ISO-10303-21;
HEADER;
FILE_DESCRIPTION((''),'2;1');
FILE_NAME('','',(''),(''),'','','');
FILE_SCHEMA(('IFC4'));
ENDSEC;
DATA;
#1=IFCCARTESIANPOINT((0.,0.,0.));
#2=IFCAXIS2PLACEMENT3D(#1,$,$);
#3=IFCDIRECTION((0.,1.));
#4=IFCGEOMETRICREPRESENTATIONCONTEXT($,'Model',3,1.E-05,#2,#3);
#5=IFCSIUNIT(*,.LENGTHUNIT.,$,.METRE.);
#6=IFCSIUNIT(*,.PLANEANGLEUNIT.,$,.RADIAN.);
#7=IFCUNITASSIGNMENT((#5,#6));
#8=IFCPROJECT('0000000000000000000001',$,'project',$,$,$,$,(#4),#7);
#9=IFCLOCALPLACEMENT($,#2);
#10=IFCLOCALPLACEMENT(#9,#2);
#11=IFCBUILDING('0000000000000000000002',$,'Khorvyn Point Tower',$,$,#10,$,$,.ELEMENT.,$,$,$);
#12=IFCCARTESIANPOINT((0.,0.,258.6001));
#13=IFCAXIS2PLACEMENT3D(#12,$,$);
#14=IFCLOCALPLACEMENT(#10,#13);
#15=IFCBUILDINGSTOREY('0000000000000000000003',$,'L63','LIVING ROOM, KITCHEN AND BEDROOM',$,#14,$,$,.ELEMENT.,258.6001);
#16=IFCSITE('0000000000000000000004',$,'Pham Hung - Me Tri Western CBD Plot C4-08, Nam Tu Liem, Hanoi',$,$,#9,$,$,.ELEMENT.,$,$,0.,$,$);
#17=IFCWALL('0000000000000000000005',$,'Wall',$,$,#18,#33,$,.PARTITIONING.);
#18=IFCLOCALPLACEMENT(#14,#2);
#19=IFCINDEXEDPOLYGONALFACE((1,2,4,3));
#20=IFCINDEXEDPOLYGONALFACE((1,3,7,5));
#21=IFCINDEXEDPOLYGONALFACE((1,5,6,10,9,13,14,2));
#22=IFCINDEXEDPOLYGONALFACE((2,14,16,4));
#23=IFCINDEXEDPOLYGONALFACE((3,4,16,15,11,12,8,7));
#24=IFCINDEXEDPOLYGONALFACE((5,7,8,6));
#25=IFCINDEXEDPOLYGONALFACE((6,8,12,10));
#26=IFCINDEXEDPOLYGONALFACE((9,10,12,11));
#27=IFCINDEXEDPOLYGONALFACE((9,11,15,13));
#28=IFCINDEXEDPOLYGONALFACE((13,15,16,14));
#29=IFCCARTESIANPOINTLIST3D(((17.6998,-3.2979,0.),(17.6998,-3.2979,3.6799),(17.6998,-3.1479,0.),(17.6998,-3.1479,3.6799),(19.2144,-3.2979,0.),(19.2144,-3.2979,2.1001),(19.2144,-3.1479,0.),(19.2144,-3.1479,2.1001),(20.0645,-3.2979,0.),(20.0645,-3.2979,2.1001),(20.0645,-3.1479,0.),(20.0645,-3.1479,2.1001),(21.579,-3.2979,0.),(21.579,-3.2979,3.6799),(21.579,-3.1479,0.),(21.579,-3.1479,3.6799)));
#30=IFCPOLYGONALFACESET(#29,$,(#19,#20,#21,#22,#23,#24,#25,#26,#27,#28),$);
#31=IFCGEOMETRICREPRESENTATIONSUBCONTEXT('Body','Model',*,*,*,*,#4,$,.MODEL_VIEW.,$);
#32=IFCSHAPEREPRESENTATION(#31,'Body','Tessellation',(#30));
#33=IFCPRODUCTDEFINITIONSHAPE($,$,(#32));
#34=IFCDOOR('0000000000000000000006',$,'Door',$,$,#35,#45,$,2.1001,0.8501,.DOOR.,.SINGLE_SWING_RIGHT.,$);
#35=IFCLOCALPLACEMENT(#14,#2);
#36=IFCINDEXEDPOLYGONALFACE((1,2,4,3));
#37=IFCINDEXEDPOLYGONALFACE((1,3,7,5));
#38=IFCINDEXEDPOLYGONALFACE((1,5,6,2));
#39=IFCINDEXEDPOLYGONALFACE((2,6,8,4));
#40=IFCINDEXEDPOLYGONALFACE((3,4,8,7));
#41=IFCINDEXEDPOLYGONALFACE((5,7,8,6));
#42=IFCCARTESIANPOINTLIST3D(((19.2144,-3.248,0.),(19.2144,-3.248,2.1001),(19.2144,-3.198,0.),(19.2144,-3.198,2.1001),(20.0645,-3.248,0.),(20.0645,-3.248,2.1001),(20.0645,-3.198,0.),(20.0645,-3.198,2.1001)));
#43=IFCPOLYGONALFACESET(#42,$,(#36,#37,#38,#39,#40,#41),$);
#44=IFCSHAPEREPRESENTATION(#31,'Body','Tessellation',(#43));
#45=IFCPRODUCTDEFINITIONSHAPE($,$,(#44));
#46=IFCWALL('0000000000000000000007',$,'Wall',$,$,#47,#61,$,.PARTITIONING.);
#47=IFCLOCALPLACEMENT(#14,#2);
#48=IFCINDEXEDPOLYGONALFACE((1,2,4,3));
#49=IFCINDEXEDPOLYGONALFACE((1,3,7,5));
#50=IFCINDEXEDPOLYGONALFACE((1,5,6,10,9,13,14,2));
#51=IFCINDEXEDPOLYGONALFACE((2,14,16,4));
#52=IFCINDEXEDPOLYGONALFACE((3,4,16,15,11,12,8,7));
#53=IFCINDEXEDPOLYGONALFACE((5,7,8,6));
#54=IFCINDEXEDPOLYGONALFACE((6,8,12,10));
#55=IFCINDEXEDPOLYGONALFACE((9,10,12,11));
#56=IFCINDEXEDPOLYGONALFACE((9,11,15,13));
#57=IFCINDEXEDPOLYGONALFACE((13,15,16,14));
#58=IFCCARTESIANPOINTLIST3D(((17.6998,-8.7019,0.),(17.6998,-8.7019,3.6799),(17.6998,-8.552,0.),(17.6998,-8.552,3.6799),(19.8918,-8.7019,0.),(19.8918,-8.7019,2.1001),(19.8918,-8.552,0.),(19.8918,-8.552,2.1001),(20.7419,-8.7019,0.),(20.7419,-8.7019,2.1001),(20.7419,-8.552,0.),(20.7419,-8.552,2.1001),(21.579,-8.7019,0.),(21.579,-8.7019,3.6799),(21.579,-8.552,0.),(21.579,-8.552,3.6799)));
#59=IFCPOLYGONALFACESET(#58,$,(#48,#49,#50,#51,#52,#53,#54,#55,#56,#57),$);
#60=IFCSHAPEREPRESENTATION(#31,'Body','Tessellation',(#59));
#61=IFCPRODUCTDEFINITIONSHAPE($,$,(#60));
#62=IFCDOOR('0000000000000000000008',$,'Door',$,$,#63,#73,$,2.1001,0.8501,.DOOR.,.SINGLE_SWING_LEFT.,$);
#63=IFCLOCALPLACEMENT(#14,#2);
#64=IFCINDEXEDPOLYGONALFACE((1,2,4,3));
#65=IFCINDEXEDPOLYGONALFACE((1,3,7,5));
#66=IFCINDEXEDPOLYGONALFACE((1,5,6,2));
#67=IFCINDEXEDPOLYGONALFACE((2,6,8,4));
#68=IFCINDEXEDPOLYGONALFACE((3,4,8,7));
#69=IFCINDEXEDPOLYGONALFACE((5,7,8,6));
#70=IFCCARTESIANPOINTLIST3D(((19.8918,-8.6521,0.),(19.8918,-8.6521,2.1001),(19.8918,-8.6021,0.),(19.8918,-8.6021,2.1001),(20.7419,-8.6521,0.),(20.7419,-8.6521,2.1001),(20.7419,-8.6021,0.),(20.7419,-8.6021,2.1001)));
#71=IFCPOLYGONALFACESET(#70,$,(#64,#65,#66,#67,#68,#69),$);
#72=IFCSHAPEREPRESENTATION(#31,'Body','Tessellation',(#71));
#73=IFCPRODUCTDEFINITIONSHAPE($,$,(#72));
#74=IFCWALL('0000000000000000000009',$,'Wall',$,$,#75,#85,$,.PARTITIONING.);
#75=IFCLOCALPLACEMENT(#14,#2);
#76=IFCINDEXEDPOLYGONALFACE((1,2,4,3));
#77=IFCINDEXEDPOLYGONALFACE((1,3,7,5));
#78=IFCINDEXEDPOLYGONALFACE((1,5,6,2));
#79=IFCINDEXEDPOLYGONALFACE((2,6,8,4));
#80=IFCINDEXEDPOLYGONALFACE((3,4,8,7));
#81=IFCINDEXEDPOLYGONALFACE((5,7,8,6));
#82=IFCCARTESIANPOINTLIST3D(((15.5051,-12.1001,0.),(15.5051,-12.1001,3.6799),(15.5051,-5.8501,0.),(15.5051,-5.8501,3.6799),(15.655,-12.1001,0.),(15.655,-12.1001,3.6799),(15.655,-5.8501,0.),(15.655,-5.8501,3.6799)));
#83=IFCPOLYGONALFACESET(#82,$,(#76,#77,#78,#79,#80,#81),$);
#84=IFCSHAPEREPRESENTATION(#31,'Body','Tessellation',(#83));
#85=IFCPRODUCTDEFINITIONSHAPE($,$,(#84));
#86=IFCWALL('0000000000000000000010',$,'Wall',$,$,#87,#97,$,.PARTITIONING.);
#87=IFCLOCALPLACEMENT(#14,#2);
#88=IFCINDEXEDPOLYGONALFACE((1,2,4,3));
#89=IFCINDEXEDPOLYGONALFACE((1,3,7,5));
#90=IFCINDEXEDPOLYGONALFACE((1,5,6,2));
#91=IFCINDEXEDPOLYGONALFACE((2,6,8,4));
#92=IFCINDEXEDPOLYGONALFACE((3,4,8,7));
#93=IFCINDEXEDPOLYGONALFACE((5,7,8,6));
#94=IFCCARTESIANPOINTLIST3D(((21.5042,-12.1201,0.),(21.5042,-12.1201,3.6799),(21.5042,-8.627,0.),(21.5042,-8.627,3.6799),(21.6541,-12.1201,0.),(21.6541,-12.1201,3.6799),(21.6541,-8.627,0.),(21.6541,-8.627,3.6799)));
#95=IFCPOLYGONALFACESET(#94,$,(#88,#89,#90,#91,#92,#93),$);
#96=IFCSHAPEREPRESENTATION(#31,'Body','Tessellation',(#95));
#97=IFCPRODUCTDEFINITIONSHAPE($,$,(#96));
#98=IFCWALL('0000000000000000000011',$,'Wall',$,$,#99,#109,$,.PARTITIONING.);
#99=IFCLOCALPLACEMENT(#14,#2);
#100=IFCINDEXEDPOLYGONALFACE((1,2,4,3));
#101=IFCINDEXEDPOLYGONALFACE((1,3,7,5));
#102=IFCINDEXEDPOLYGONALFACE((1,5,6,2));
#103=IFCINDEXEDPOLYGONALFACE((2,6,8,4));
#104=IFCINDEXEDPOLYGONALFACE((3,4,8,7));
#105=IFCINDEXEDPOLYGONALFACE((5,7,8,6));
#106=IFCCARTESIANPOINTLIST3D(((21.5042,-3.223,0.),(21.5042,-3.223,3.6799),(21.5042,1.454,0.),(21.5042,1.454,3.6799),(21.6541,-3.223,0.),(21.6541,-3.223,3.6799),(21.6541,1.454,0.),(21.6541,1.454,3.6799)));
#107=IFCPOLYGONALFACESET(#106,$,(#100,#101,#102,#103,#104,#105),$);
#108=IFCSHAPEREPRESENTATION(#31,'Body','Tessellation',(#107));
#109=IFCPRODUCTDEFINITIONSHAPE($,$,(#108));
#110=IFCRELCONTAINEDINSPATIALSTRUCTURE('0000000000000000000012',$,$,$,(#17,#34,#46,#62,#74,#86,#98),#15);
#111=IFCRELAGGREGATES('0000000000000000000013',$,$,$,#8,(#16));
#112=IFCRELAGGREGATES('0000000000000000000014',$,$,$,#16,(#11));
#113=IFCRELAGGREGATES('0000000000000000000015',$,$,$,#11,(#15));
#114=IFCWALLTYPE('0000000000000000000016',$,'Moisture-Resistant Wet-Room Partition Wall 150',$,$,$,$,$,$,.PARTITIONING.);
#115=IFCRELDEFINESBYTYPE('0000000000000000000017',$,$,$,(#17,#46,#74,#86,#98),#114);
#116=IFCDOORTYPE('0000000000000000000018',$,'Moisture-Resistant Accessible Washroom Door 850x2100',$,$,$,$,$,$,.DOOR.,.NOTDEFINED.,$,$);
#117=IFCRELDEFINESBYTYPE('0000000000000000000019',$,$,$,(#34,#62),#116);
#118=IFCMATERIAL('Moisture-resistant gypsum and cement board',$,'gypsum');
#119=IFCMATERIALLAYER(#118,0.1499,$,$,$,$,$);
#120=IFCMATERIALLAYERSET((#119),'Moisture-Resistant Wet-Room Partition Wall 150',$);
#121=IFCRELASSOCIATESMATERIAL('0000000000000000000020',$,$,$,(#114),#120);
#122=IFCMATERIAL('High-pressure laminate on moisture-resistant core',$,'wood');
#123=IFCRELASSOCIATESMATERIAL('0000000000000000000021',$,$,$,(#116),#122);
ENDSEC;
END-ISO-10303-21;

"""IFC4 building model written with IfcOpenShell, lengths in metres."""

from ifc_helpers import new_model, si_unit, direction, frame, frame_2d, origin, place, context, subcontext, project, spatial, rectangle, extrude, material, layer, layer_set, type_object, element, fill, save


model = new_model("IFC4")

# Units and contexts
model_context = context("Model", 3, precision=1e-05, world=origin(), true_north=direction((0.0, 1.0)))
body_context = subcontext(model_context, "Body", "Model", "MODEL_VIEW")
ifc_project = project(units=[si_unit("LENGTHUNIT", "METRE"), si_unit("PLANEANGLEUNIT", "RADIAN")], contexts=[model_context])

# Site, building, storey
site_placement = place(None, origin())
site = spatial("IfcSite", under=ifc_project, at=site_placement, Name="Pham Hung - Me Tri Western CBD Plot C4-08, Nam Tu Liem, Hanoi", CompositionType="ELEMENT", RefElevation=0.0)
building_placement = place(site_placement, origin())
building = spatial("IfcBuilding", under=site, at=building_placement, Name="Khorvyn Point Tower", CompositionType="ELEMENT")
storey_placement = place(building_placement, frame((0.0, 0.0, 258.6001)))
storey = spatial("IfcBuildingStorey", under=building, at=storey_placement, Name="L63", Description="LIVING ROOM, KITCHEN AND BEDROOM", CompositionType="ELEMENT", Elevation=258.6001)

# Walls, openings, doors
ifc_material_1 = material(Name="Moisture-resistant gypsum and cement board", Category="gypsum")
ifc_layer_1 = layer(ifc_material_1, 0.1499)
ifc_layer_set_1 = layer_set([ifc_layer_1], Name="Moisture-Resistant Wet-Room Partition Wall 150")
wall_type_1 = type_object("IfcWallType", Name="Moisture-Resistant Wet-Room Partition Wall 150", PredefinedType="PARTITIONING", material=ifc_layer_set_1)
wall_1_placement = place(storey_placement, frame((17.7, -3.2229, 0.0), z_axis=(0.0, 0.0, 1.0), x_axis=(1.0, 0.0, 0.0)))
wall_1 = element("IfcWall", 1, at=wall_1_placement, inside=storey, type_object=wall_type_1, Name="Wall", PredefinedType="PARTITIONING", context=body_context, shape_type="SweptSolid", body=[
    extrude(rectangle(XDim=3.8792, YDim=0.1499, at=frame_2d((1.9395, 0.0))), origin(), (0.0, 0.0, 1.0), 3.6799),
])
opening_1_placement = place(wall_1_placement, frame((1.5144, 0.0, 0.0)))
opening_1 = element("IfcOpeningElement", 2, at=opening_1_placement, cuts=wall_1, PredefinedType="OPENING", context=body_context, shape_type="SweptSolid", body=[
    extrude(rectangle(XDim=0.8501, YDim=2.1001, at=frame_2d((0.425, 1.05))), frame((0.0, 0.085, 0.0), z_axis=(0.0, -1.0, 0.0), x_axis=(1.0, 0.0, 0.0)), (0.0, 0.0, 1.0), 0.1699),
])
ifc_material_2 = material(Name="High-pressure laminate on moisture-resistant core", Category="wood")
door_type_1 = type_object("IfcDoorType", Name="Moisture-Resistant Accessible Washroom Door 850x2100", OperationType="NOTDEFINED", PredefinedType="DOOR", material=ifc_material_2)
door_1_placement = place(opening_1_placement, origin())
door_1 = element("IfcDoor", 3, at=door_1_placement, inside=storey, type_object=door_type_1, Name="Door", OperationType="SINGLE_SWING_RIGHT", OverallHeight=2.1001, OverallWidth=0.8501, PredefinedType="DOOR", context=body_context, shape_type="SweptSolid", body=[
    extrude(rectangle(XDim=0.8501, YDim=2.1001, at=frame_2d((0.425, 1.05))), frame((0.0, 0.0249, 0.0), z_axis=(0.0, -1.0, 0.0), x_axis=(1.0, 0.0, 0.0)), (0.0, 0.0, 1.0), 0.05),
])
fill(opening_1, door_1)
wall_2_placement = place(storey_placement, frame((17.7, -8.627, 0.0), z_axis=(0.0, 0.0, 1.0), x_axis=(1.0, 0.0, 0.0)))
wall_2 = element("IfcWall", 4, at=wall_2_placement, inside=storey, type_object=wall_type_1, Name="Wall", PredefinedType="PARTITIONING", context=body_context, shape_type="SweptSolid", body=[
    extrude(rectangle(XDim=3.8792, YDim=0.1499, at=frame_2d((1.9395, 0.0))), origin(), (0.0, 0.0, 1.0), 3.6799),
])
opening_2_placement = place(wall_2_placement, frame((2.1919, 0.0, 0.0)))
opening_2 = element("IfcOpeningElement", 5, at=opening_2_placement, cuts=wall_2, PredefinedType="OPENING", context=body_context, shape_type="SweptSolid", body=[
    extrude(rectangle(XDim=0.8501, YDim=2.1001, at=frame_2d((0.425, 1.05))), frame((0.0, 0.085, 0.0), z_axis=(0.0, -1.0, 0.0), x_axis=(1.0, 0.0, 0.0)), (0.0, 0.0, 1.0), 0.1699),
])
door_2_placement = place(opening_2_placement, origin())
door_2 = element("IfcDoor", 6, at=door_2_placement, inside=storey, type_object=door_type_1, Name="Door", OperationType="SINGLE_SWING_LEFT", OverallHeight=2.1001, OverallWidth=0.8501, PredefinedType="DOOR", context=body_context, shape_type="SweptSolid", body=[
    extrude(rectangle(XDim=0.8501, YDim=2.1001, at=frame_2d((0.425, 1.05))), frame((0.0, 0.0249, 0.0), z_axis=(0.0, -1.0, 0.0), x_axis=(1.0, 0.0, 0.0)), (0.0, 0.0, 1.0), 0.05),
])
fill(opening_2, door_2)

# Walls
wall_3_placement = place(storey_placement, frame((15.5801, -12.1001, 0.0), z_axis=(0.0, 0.0, 1.0), x_axis=(0.0, 1.0, 0.0)))
element("IfcWall", 7, at=wall_3_placement, inside=storey, type_object=wall_type_1, Name="Wall", PredefinedType="PARTITIONING", context=body_context, shape_type="SweptSolid", body=[
    extrude(rectangle(XDim=6.25, YDim=0.1499, at=frame_2d((3.125, 0.0))), origin(), (0.0, 0.0, 1.0), 3.6799),
])
wall_4_placement = place(storey_placement, frame((21.5791, -12.1201, 0.0), z_axis=(0.0, 0.0, 1.0), x_axis=(0.0, 1.0, 0.0)))
element("IfcWall", 8, at=wall_4_placement, inside=storey, type_object=wall_type_1, Name="Wall", PredefinedType="PARTITIONING", context=body_context, shape_type="SweptSolid", body=[
    extrude(rectangle(XDim=3.4932, YDim=0.1499, at=frame_2d((1.7466, 0.0))), origin(), (0.0, 0.0, 1.0), 3.6799),
])
wall_5_placement = place(storey_placement, frame((21.5791, -3.2229, 0.0), z_axis=(0.0, 0.0, 1.0), x_axis=(0.0, 1.0, 0.0)))
element("IfcWall", 9, at=wall_5_placement, inside=storey, type_object=wall_type_1, Name="Wall", PredefinedType="PARTITIONING", context=body_context, shape_type="SweptSolid", body=[
    extrude(rectangle(XDim=4.677, YDim=0.1499, at=frame_2d((2.3384, 0.0))), origin(), (0.0, 0.0, 1.0), 3.6799),
])

save(model, "model.ifc")
